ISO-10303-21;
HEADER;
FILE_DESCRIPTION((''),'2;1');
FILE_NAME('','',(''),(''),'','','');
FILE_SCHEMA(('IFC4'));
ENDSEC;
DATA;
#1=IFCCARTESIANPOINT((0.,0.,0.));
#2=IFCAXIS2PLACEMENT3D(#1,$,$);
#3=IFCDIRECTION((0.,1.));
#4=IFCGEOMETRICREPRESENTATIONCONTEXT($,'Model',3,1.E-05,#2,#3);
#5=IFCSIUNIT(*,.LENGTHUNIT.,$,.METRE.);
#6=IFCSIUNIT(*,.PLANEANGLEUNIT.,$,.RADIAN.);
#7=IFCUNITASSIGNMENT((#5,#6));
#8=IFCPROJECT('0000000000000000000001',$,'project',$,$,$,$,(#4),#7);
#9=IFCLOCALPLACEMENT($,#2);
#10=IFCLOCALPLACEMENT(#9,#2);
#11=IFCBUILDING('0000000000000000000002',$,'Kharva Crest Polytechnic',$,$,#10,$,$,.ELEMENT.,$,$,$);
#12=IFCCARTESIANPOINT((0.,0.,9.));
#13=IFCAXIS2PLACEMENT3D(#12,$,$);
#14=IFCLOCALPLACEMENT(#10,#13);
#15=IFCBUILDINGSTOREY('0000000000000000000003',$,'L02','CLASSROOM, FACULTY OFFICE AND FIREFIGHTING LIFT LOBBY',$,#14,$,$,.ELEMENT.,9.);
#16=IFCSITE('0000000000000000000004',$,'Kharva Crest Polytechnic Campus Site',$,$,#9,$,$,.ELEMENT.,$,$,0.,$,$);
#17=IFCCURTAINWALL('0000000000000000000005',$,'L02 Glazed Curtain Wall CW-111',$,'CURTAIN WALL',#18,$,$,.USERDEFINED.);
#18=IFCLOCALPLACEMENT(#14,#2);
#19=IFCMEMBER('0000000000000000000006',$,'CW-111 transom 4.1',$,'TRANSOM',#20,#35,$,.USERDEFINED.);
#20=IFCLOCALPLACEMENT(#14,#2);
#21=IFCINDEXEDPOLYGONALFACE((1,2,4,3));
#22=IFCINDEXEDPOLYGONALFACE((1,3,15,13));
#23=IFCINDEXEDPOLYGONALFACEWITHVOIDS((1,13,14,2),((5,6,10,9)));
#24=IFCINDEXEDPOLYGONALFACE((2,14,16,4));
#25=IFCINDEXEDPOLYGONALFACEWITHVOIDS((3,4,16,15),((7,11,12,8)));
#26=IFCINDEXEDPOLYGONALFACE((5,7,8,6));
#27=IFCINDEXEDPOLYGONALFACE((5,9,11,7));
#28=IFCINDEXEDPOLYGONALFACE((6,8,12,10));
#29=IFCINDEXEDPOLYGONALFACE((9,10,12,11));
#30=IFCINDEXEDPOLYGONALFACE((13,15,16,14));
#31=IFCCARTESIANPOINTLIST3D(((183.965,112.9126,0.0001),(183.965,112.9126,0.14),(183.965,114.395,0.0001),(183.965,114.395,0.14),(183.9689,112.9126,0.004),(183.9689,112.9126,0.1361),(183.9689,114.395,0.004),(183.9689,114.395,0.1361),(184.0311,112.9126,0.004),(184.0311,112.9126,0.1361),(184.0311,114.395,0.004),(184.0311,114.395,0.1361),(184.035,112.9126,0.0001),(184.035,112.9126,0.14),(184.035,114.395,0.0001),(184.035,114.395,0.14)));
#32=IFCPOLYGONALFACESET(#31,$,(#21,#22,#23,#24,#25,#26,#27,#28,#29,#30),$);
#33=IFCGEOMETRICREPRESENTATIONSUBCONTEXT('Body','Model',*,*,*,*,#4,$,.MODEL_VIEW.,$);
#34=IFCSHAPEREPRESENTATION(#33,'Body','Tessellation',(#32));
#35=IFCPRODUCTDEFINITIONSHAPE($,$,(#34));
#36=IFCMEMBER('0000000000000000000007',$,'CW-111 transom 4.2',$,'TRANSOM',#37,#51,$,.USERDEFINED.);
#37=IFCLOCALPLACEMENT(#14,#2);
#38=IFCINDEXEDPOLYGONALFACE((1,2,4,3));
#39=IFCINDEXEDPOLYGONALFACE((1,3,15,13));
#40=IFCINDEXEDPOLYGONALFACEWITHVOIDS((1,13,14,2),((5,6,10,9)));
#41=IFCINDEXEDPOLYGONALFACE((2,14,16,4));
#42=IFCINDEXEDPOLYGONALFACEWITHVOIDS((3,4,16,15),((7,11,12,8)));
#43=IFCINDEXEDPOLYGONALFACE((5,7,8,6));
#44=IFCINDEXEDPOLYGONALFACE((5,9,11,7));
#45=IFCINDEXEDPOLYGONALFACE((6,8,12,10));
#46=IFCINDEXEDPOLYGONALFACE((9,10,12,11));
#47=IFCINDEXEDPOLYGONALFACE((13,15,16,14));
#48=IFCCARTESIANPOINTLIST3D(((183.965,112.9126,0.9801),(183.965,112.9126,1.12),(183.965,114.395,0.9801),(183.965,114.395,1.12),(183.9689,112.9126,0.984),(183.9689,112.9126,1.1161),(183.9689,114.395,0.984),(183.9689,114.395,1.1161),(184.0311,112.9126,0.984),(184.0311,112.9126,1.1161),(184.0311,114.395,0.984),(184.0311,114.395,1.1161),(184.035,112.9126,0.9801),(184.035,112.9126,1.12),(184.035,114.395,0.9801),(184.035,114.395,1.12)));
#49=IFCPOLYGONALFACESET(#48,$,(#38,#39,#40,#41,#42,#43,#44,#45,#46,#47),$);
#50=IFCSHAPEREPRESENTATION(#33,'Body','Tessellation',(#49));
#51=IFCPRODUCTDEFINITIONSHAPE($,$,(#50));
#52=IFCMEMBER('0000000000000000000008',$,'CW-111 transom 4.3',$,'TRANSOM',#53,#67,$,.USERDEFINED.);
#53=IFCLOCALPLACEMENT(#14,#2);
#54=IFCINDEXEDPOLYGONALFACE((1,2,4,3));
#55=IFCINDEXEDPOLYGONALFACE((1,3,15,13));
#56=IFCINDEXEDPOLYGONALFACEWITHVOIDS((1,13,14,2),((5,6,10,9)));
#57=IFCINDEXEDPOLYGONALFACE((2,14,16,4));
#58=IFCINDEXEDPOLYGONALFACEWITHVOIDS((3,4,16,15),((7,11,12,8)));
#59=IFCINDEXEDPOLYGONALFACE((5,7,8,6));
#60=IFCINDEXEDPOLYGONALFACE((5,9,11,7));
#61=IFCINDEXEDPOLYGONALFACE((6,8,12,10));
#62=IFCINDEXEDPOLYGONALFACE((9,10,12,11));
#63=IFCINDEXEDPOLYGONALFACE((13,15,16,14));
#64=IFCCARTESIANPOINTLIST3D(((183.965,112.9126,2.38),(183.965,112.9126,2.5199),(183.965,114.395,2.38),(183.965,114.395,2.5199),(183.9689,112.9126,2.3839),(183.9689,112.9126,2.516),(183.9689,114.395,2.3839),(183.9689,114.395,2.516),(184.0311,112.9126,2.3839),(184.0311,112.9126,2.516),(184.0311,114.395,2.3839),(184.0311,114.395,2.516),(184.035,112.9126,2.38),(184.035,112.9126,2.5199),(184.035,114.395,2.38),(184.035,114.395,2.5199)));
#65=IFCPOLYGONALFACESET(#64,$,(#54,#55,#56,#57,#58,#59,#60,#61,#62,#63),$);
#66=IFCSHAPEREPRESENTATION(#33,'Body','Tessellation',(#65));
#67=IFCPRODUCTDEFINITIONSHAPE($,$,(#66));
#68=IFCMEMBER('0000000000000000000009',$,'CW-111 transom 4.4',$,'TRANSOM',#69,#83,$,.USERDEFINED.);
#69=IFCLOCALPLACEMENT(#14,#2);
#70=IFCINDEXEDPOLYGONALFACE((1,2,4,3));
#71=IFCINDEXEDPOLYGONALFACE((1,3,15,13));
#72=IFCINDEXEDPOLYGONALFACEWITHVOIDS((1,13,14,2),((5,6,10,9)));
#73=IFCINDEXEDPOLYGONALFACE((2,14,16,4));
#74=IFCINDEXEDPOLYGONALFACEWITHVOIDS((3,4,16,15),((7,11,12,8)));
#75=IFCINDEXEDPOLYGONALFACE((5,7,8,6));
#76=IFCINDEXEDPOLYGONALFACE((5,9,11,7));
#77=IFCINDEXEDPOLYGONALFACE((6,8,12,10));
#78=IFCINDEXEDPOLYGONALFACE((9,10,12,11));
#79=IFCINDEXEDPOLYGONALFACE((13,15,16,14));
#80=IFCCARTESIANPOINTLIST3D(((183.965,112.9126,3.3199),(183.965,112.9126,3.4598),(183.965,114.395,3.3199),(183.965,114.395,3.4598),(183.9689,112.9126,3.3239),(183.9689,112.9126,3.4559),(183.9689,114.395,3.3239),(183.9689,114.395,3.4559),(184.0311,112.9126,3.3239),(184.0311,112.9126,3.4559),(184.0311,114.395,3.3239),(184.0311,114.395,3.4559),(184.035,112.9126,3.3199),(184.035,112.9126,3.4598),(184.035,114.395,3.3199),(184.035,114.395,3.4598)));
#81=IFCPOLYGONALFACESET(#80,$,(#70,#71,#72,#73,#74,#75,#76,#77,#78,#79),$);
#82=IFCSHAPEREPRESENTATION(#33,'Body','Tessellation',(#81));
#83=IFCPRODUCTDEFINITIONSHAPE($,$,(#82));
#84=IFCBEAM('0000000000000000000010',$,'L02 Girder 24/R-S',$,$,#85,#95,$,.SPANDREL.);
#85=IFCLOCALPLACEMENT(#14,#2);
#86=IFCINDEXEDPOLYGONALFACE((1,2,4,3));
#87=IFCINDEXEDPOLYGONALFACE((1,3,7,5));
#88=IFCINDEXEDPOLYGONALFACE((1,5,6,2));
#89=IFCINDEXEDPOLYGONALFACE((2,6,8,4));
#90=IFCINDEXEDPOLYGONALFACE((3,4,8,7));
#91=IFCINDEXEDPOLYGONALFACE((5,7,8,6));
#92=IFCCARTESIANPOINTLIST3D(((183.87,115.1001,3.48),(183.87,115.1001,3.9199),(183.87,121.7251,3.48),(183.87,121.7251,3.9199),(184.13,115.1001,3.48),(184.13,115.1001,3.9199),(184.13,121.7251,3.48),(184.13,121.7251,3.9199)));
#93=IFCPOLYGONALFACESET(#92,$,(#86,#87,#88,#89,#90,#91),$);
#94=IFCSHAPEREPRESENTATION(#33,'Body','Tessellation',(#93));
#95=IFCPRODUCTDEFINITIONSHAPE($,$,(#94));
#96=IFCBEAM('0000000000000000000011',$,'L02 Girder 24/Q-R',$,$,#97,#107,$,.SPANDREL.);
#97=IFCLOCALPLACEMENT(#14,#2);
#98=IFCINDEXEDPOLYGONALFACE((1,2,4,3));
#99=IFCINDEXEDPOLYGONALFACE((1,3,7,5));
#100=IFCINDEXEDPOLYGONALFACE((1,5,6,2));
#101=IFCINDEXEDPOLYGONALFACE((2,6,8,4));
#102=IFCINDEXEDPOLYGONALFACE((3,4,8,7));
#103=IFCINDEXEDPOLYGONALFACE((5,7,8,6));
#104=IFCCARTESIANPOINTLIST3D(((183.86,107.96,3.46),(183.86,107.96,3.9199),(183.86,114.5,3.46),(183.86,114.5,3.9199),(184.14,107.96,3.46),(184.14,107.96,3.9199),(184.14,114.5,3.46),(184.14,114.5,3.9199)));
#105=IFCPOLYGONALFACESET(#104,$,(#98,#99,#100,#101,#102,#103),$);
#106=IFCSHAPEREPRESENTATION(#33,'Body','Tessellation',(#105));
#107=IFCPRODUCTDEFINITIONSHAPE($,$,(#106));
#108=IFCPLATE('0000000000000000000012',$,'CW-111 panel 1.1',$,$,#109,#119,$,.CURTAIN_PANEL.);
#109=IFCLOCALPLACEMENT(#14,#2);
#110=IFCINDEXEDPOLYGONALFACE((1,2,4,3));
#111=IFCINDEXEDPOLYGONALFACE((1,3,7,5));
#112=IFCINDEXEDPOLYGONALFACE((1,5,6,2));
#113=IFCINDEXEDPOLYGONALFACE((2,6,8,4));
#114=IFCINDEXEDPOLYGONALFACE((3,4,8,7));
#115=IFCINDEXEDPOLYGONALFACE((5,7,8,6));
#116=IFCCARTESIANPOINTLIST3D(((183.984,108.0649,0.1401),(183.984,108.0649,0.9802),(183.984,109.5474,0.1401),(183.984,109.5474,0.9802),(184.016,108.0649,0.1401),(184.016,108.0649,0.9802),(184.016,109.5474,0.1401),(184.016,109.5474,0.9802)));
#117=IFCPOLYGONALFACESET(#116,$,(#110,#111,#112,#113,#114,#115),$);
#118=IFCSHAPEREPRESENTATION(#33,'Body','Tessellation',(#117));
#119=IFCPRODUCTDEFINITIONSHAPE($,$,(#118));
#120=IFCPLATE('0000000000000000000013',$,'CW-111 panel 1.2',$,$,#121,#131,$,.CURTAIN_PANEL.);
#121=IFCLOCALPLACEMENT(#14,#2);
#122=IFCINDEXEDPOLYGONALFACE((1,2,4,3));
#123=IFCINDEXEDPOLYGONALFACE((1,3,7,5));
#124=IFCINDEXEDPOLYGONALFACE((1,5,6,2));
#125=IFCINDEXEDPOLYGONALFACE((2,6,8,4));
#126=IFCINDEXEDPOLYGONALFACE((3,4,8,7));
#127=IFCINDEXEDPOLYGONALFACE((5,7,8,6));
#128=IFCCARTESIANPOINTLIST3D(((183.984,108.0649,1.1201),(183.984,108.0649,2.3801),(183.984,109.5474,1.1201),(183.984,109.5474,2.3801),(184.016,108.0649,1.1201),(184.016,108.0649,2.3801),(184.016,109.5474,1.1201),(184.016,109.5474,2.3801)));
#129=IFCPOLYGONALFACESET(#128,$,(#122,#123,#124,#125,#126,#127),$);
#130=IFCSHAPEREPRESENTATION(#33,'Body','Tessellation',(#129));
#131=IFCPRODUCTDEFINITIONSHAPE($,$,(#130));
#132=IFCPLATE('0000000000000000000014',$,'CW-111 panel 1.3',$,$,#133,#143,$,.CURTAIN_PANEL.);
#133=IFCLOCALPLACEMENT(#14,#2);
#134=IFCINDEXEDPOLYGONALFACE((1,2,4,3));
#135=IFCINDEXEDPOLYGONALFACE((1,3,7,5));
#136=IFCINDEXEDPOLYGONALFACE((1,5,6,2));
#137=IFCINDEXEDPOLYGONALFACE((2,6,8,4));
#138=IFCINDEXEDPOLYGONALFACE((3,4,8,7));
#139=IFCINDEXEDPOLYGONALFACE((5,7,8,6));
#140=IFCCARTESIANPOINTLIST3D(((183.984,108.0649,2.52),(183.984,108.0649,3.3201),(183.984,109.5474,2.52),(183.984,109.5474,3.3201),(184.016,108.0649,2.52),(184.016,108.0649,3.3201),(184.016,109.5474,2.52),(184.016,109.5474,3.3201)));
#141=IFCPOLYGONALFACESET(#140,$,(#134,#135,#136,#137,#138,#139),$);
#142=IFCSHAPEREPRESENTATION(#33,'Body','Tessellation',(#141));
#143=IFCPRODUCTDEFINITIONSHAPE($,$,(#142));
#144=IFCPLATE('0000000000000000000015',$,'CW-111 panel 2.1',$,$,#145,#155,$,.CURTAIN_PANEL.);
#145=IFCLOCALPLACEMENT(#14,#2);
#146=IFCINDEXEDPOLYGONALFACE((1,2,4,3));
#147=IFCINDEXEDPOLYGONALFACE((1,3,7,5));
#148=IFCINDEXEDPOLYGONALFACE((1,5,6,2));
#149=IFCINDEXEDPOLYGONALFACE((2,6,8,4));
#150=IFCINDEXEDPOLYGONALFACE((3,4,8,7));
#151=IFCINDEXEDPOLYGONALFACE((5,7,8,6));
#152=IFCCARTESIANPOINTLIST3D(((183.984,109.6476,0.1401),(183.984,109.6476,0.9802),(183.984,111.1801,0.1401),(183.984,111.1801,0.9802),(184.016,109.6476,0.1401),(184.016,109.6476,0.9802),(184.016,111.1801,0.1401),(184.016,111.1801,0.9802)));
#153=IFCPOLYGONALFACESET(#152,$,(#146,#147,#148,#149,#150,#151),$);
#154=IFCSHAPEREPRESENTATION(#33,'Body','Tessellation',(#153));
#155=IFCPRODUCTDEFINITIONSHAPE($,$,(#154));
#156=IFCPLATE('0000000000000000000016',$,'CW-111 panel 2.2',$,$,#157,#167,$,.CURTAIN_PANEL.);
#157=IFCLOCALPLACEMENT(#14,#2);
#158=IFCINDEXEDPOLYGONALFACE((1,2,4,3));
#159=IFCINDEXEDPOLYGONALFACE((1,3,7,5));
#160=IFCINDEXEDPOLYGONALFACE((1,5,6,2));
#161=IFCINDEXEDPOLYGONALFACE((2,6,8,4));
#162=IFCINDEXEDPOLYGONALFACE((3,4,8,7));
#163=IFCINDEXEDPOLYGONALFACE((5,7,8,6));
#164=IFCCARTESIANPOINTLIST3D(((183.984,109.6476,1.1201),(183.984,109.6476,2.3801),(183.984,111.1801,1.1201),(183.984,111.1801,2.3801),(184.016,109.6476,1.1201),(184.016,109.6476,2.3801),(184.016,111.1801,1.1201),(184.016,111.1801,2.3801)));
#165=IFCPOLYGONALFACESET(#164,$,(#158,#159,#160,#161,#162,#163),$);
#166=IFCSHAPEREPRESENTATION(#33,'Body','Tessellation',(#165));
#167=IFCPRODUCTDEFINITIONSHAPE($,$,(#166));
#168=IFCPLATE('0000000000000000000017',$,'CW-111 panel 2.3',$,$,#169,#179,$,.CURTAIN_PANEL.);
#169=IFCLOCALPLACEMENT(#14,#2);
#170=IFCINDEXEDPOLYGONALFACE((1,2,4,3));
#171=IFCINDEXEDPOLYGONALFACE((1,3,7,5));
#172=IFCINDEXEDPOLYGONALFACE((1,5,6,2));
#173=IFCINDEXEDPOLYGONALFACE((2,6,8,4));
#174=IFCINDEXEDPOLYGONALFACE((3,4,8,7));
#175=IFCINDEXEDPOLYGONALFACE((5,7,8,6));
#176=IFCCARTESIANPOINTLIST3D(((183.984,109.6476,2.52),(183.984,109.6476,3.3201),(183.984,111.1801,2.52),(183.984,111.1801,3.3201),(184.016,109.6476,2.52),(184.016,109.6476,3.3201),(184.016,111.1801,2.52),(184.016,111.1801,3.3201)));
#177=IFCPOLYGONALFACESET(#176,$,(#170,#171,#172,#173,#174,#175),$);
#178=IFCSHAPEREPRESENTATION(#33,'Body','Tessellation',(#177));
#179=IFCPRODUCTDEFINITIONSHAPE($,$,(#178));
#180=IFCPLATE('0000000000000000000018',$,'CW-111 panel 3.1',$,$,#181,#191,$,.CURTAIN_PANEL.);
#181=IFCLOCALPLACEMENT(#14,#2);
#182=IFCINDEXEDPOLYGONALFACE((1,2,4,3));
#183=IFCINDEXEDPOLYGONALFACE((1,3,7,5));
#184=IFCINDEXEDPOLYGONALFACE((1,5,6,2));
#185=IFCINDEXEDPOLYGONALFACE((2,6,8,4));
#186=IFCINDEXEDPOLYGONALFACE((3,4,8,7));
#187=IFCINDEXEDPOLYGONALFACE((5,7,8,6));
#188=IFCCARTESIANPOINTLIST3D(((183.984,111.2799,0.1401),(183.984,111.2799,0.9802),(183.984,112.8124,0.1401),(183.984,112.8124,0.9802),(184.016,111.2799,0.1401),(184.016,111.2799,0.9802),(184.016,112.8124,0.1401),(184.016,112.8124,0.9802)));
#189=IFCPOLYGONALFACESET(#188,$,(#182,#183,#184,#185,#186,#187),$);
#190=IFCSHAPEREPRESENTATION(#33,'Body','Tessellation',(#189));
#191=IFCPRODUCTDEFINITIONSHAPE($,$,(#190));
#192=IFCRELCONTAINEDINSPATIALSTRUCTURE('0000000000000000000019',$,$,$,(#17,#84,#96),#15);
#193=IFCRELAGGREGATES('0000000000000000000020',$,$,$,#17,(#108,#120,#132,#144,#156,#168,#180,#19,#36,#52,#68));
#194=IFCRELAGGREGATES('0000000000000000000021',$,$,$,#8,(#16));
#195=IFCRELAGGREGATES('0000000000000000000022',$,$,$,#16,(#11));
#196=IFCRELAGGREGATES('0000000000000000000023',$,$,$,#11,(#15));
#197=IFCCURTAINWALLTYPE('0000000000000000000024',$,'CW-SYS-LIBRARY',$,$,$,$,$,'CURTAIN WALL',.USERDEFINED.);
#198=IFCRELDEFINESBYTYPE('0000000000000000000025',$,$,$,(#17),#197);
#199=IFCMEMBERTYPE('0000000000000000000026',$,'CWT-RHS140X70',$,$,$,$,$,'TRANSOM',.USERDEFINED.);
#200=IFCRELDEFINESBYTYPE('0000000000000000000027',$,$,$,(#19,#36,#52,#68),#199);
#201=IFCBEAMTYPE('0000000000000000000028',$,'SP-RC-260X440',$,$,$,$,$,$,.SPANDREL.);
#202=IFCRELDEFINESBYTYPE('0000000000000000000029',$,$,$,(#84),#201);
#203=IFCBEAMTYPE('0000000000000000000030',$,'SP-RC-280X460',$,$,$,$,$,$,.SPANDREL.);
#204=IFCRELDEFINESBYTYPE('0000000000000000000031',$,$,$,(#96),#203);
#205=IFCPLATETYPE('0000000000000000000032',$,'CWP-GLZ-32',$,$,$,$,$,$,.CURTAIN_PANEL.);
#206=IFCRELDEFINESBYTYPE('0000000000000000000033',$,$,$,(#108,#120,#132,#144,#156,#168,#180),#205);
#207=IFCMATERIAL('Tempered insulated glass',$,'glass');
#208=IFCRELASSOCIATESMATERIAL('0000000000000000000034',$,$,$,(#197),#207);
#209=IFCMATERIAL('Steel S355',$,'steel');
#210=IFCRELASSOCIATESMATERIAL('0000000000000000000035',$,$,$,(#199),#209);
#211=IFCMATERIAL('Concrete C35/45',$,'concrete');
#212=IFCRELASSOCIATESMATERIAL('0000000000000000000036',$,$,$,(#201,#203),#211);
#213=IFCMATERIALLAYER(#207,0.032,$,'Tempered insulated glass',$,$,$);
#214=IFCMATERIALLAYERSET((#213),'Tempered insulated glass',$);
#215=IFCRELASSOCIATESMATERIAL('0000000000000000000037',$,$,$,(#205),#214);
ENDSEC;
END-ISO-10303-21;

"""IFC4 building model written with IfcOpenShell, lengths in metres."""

from ifc_helpers import new_model, si_unit, direction, frame, origin, origin_2d, place, context, subcontext, project, spatial, rectangle, hollow_rectangle, extrude, material, layer, layer_set, material_profile, profile_set, type_object, element, aggregate, save


model = new_model("IFC4")

# Units and contexts
model_context = context("Model", 3, precision=1e-05, world=origin(), true_north=direction((0.0, 1.0)))
body_context = subcontext(model_context, "Body", "Model", "MODEL_VIEW")
ifc_project = project(units=[si_unit("LENGTHUNIT", "METRE"), si_unit("PLANEANGLEUNIT", "RADIAN")], contexts=[model_context])

# Site, building, storey
site_placement = place(None, origin())
site = spatial("IfcSite", under=ifc_project, at=site_placement, Name="Kharva Crest Polytechnic Campus Site", CompositionType="ELEMENT", RefElevation=0.0)
building_placement = place(site_placement, origin())
building = spatial("IfcBuilding", under=site, at=building_placement, Name="Kharva Crest Polytechnic", CompositionType="ELEMENT")
storey_placement = place(building_placement, frame((0.0, 0.0, 9.0)))
storey = spatial("IfcBuildingStorey", under=building, at=storey_placement, Name="L02", Description="CLASSROOM, FACULTY OFFICE AND FIREFIGHTING LIFT LOBBY", CompositionType="ELEMENT", Elevation=9.0)

# Shared definitions
ifc_material_1 = material(Name="Tempered insulated glass", Category="glass")
curtain_wall_type = type_object("IfcCurtainWallType", Name="CW-SYS-LIBRARY", ElementType="CURTAIN WALL", PredefinedType="USERDEFINED", material=ifc_material_1)
ifc_material_2 = material(Name="Steel S355", Category="steel")

# Curtain wall, members
curtain_wall_1_placement = place(storey_placement, origin())
curtain_wall_1 = element("IfcCurtainWall", 1, at=curtain_wall_1_placement, inside=storey, type_object=curtain_wall_type, Name="L02 Glazed Curtain Wall CW-111", ObjectType="CURTAIN WALL", PredefinedType="USERDEFINED")
ifc_material_profile_1 = material_profile(ifc_material_2, hollow_rectangle(XDim=0.0701, YDim=0.1399, WallThickness=0.0039, at=origin_2d()), Name="RHS 140X70X4.0")
ifc_profile_set_1 = profile_set([ifc_material_profile_1], Name="Steel S355")
member_type_1 = type_object("IfcMemberType", Name="CWT-RHS140X70", ElementType="TRANSOM", PredefinedType="USERDEFINED", material=ifc_profile_set_1)
member_1_placement = place(storey_placement, frame((184.0, 112.9126, 0.0701), z_axis=(0.0, 1.0, 0.0), x_axis=(-1.0, 0.0, 0.0)))
member_1 = element("IfcMember", 2, at=member_1_placement, type_object=member_type_1, Name="CW-111 transom 4.1", ObjectType="TRANSOM", PredefinedType="USERDEFINED", context=body_context, shape_type="SweptSolid", body=[
    extrude(hollow_rectangle(XDim=0.0701, YDim=0.1399, WallThickness=0.0039, at=origin_2d()), origin(), (0.0, 0.0, 1.0), 1.4824),
])
member_2_placement = place(storey_placement, frame((184.0, 112.9126, 1.05), z_axis=(0.0, 1.0, 0.0), x_axis=(-1.0, 0.0, 0.0)))
member_2 = element("IfcMember", 3, at=member_2_placement, type_object=member_type_1, Name="CW-111 transom 4.2", ObjectType="TRANSOM", PredefinedType="USERDEFINED", context=body_context, shape_type="SweptSolid", body=[
    extrude(hollow_rectangle(XDim=0.0701, YDim=0.1399, WallThickness=0.0039, at=origin_2d()), origin(), (0.0, 0.0, 1.0), 1.4824),
])
member_3_placement = place(storey_placement, frame((184.0, 112.9126, 2.45), z_axis=(0.0, 1.0, 0.0), x_axis=(-1.0, 0.0, 0.0)))
member_3 = element("IfcMember", 4, at=member_3_placement, type_object=member_type_1, Name="CW-111 transom 4.3", ObjectType="TRANSOM", PredefinedType="USERDEFINED", context=body_context, shape_type="SweptSolid", body=[
    extrude(hollow_rectangle(XDim=0.0701, YDim=0.1399, WallThickness=0.0039, at=origin_2d()), origin(), (0.0, 0.0, 1.0), 1.4824),
])
member_4_placement = place(storey_placement, frame((184.0, 112.9126, 3.3899), z_axis=(0.0, 1.0, 0.0), x_axis=(-1.0, 0.0, 0.0)))
member_4 = element("IfcMember", 5, at=member_4_placement, type_object=member_type_1, Name="CW-111 transom 4.4", ObjectType="TRANSOM", PredefinedType="USERDEFINED", context=body_context, shape_type="SweptSolid", body=[
    extrude(hollow_rectangle(XDim=0.0701, YDim=0.1399, WallThickness=0.0039, at=origin_2d()), origin(), (0.0, 0.0, 1.0), 1.4824),
])

# Beams
ifc_material_3 = material(Name="Concrete C35/45", Category="concrete")
ifc_material_profile_2 = material_profile(ifc_material_3, rectangle(XDim=0.26, YDim=0.4399, at=origin_2d()), Name="RECT 260 X 440")
ifc_profile_set_2 = profile_set([ifc_material_profile_2], Name="Concrete C35/45")
beam_type_1 = type_object("IfcBeamType", Name="SP-RC-260X440", PredefinedType="SPANDREL", material=ifc_profile_set_2)
beam_1_placement = place(storey_placement, frame((184.0, 115.1001, 3.7), z_axis=(0.0, 1.0, 0.0), x_axis=(-1.0, 0.0, 0.0)))
element("IfcBeam", 6, at=beam_1_placement, inside=storey, type_object=beam_type_1, Name="L02 Girder 24/R-S", PredefinedType="SPANDREL", context=body_context, shape_type="SweptSolid", body=[
    extrude(rectangle(XDim=0.26, YDim=0.4399, at=origin_2d()), origin(), (0.0, 0.0, 1.0), 6.625),
])
ifc_material_profile_3 = material_profile(ifc_material_3, rectangle(XDim=0.28, YDim=0.46, at=origin_2d()), Name="RECT 280 X 460")
ifc_profile_set_3 = profile_set([ifc_material_profile_3], Name="Concrete C35/45")
beam_type_2 = type_object("IfcBeamType", Name="SP-RC-280X460", PredefinedType="SPANDREL", material=ifc_profile_set_3)
beam_2_placement = place(storey_placement, frame((184.0, 107.96, 3.6899), z_axis=(0.0, 1.0, 0.0), x_axis=(-1.0, 0.0, 0.0)))
element("IfcBeam", 7, at=beam_2_placement, inside=storey, type_object=beam_type_2, Name="L02 Girder 24/Q-R", PredefinedType="SPANDREL", context=body_context, shape_type="SweptSolid", body=[
    extrude(rectangle(XDim=0.28, YDim=0.46, at=origin_2d()), origin(), (0.0, 0.0, 1.0), 6.54),
])

# Plates
ifc_layer = layer(ifc_material_1, 0.032, Name="Tempered insulated glass")
ifc_layer_set = layer_set([ifc_layer], Name="Tempered insulated glass")
plate_type = type_object("IfcPlateType", Name="CWP-GLZ-32", PredefinedType="CURTAIN_PANEL", material=ifc_layer_set)
plate_1_placement = place(storey_placement, frame((184.0, 108.8062, 0.1401), z_axis=(0.0, 0.0, 1.0), x_axis=(0.0, 1.0, 0.0)))
plate_1 = element("IfcPlate", 8, at=plate_1_placement, type_object=plate_type, Name="CW-111 panel 1.1", PredefinedType="CURTAIN_PANEL", context=body_context, shape_type="SweptSolid", body=[
    extrude(rectangle(XDim=1.4824, YDim=0.032, at=origin_2d()), origin(), (0.0, 0.0, 1.0), 0.8401),
])
plate_2_placement = place(storey_placement, frame((184.0, 108.8062, 1.1201), z_axis=(0.0, 0.0, 1.0), x_axis=(0.0, 1.0, 0.0)))
plate_2 = element("IfcPlate", 9, at=plate_2_placement, type_object=plate_type, Name="CW-111 panel 1.2", PredefinedType="CURTAIN_PANEL", context=body_context, shape_type="SweptSolid", body=[
    extrude(rectangle(XDim=1.4824, YDim=0.032, at=origin_2d()), origin(), (0.0, 0.0, 1.0), 1.26),
])
plate_3_placement = place(storey_placement, frame((184.0, 108.8062, 2.52), z_axis=(0.0, 0.0, 1.0), x_axis=(0.0, 1.0, 0.0)))
plate_3 = element("IfcPlate", 10, at=plate_3_placement, type_object=plate_type, Name="CW-111 panel 1.3", PredefinedType="CURTAIN_PANEL", context=body_context, shape_type="SweptSolid", body=[
    extrude(rectangle(XDim=1.4824, YDim=0.032, at=origin_2d()), origin(), (0.0, 0.0, 1.0), 0.8),
])
plate_4_placement = place(storey_placement, frame((184.0, 110.4138, 0.1401), z_axis=(0.0, 0.0, 1.0), x_axis=(0.0, 1.0, 0.0)))
plate_4 = element("IfcPlate", 11, at=plate_4_placement, type_object=plate_type, Name="CW-111 panel 2.1", PredefinedType="CURTAIN_PANEL", context=body_context, shape_type="SweptSolid", body=[
    extrude(rectangle(XDim=1.5325, YDim=0.032, at=origin_2d()), origin(), (0.0, 0.0, 1.0), 0.8401),
])
plate_5_placement = place(storey_placement, frame((184.0, 110.4138, 1.1201), z_axis=(0.0, 0.0, 1.0), x_axis=(0.0, 1.0, 0.0)))
plate_5 = element("IfcPlate", 12, at=plate_5_placement, type_object=plate_type, Name="CW-111 panel 2.2", PredefinedType="CURTAIN_PANEL", context=body_context, shape_type="SweptSolid", body=[
    extrude(rectangle(XDim=1.5325, YDim=0.032, at=origin_2d()), origin(), (0.0, 0.0, 1.0), 1.26),
])
plate_6_placement = place(storey_placement, frame((184.0, 110.4138, 2.52), z_axis=(0.0, 0.0, 1.0), x_axis=(0.0, 1.0, 0.0)))
plate_6 = element("IfcPlate", 13, at=plate_6_placement, type_object=plate_type, Name="CW-111 panel 2.3", PredefinedType="CURTAIN_PANEL", context=body_context, shape_type="SweptSolid", body=[
    extrude(rectangle(XDim=1.5325, YDim=0.032, at=origin_2d()), origin(), (0.0, 0.0, 1.0), 0.8),
])
plate_7_placement = place(storey_placement, frame((184.0, 112.0461, 0.1401), z_axis=(0.0, 0.0, 1.0), x_axis=(0.0, 1.0, 0.0)))
plate_7 = element("IfcPlate", 14, at=plate_7_placement, type_object=plate_type, Name="CW-111 panel 3.1", PredefinedType="CURTAIN_PANEL", context=body_context, shape_type="SweptSolid", body=[
    extrude(rectangle(XDim=1.5325, YDim=0.032, at=origin_2d()), origin(), (0.0, 0.0, 1.0), 0.8401),
])
aggregate(curtain_wall_1, [plate_1, plate_2, plate_3, plate_4, plate_5, plate_6, plate_7, member_1, member_2, member_3, member_4])

save(model, "model.ifc")
